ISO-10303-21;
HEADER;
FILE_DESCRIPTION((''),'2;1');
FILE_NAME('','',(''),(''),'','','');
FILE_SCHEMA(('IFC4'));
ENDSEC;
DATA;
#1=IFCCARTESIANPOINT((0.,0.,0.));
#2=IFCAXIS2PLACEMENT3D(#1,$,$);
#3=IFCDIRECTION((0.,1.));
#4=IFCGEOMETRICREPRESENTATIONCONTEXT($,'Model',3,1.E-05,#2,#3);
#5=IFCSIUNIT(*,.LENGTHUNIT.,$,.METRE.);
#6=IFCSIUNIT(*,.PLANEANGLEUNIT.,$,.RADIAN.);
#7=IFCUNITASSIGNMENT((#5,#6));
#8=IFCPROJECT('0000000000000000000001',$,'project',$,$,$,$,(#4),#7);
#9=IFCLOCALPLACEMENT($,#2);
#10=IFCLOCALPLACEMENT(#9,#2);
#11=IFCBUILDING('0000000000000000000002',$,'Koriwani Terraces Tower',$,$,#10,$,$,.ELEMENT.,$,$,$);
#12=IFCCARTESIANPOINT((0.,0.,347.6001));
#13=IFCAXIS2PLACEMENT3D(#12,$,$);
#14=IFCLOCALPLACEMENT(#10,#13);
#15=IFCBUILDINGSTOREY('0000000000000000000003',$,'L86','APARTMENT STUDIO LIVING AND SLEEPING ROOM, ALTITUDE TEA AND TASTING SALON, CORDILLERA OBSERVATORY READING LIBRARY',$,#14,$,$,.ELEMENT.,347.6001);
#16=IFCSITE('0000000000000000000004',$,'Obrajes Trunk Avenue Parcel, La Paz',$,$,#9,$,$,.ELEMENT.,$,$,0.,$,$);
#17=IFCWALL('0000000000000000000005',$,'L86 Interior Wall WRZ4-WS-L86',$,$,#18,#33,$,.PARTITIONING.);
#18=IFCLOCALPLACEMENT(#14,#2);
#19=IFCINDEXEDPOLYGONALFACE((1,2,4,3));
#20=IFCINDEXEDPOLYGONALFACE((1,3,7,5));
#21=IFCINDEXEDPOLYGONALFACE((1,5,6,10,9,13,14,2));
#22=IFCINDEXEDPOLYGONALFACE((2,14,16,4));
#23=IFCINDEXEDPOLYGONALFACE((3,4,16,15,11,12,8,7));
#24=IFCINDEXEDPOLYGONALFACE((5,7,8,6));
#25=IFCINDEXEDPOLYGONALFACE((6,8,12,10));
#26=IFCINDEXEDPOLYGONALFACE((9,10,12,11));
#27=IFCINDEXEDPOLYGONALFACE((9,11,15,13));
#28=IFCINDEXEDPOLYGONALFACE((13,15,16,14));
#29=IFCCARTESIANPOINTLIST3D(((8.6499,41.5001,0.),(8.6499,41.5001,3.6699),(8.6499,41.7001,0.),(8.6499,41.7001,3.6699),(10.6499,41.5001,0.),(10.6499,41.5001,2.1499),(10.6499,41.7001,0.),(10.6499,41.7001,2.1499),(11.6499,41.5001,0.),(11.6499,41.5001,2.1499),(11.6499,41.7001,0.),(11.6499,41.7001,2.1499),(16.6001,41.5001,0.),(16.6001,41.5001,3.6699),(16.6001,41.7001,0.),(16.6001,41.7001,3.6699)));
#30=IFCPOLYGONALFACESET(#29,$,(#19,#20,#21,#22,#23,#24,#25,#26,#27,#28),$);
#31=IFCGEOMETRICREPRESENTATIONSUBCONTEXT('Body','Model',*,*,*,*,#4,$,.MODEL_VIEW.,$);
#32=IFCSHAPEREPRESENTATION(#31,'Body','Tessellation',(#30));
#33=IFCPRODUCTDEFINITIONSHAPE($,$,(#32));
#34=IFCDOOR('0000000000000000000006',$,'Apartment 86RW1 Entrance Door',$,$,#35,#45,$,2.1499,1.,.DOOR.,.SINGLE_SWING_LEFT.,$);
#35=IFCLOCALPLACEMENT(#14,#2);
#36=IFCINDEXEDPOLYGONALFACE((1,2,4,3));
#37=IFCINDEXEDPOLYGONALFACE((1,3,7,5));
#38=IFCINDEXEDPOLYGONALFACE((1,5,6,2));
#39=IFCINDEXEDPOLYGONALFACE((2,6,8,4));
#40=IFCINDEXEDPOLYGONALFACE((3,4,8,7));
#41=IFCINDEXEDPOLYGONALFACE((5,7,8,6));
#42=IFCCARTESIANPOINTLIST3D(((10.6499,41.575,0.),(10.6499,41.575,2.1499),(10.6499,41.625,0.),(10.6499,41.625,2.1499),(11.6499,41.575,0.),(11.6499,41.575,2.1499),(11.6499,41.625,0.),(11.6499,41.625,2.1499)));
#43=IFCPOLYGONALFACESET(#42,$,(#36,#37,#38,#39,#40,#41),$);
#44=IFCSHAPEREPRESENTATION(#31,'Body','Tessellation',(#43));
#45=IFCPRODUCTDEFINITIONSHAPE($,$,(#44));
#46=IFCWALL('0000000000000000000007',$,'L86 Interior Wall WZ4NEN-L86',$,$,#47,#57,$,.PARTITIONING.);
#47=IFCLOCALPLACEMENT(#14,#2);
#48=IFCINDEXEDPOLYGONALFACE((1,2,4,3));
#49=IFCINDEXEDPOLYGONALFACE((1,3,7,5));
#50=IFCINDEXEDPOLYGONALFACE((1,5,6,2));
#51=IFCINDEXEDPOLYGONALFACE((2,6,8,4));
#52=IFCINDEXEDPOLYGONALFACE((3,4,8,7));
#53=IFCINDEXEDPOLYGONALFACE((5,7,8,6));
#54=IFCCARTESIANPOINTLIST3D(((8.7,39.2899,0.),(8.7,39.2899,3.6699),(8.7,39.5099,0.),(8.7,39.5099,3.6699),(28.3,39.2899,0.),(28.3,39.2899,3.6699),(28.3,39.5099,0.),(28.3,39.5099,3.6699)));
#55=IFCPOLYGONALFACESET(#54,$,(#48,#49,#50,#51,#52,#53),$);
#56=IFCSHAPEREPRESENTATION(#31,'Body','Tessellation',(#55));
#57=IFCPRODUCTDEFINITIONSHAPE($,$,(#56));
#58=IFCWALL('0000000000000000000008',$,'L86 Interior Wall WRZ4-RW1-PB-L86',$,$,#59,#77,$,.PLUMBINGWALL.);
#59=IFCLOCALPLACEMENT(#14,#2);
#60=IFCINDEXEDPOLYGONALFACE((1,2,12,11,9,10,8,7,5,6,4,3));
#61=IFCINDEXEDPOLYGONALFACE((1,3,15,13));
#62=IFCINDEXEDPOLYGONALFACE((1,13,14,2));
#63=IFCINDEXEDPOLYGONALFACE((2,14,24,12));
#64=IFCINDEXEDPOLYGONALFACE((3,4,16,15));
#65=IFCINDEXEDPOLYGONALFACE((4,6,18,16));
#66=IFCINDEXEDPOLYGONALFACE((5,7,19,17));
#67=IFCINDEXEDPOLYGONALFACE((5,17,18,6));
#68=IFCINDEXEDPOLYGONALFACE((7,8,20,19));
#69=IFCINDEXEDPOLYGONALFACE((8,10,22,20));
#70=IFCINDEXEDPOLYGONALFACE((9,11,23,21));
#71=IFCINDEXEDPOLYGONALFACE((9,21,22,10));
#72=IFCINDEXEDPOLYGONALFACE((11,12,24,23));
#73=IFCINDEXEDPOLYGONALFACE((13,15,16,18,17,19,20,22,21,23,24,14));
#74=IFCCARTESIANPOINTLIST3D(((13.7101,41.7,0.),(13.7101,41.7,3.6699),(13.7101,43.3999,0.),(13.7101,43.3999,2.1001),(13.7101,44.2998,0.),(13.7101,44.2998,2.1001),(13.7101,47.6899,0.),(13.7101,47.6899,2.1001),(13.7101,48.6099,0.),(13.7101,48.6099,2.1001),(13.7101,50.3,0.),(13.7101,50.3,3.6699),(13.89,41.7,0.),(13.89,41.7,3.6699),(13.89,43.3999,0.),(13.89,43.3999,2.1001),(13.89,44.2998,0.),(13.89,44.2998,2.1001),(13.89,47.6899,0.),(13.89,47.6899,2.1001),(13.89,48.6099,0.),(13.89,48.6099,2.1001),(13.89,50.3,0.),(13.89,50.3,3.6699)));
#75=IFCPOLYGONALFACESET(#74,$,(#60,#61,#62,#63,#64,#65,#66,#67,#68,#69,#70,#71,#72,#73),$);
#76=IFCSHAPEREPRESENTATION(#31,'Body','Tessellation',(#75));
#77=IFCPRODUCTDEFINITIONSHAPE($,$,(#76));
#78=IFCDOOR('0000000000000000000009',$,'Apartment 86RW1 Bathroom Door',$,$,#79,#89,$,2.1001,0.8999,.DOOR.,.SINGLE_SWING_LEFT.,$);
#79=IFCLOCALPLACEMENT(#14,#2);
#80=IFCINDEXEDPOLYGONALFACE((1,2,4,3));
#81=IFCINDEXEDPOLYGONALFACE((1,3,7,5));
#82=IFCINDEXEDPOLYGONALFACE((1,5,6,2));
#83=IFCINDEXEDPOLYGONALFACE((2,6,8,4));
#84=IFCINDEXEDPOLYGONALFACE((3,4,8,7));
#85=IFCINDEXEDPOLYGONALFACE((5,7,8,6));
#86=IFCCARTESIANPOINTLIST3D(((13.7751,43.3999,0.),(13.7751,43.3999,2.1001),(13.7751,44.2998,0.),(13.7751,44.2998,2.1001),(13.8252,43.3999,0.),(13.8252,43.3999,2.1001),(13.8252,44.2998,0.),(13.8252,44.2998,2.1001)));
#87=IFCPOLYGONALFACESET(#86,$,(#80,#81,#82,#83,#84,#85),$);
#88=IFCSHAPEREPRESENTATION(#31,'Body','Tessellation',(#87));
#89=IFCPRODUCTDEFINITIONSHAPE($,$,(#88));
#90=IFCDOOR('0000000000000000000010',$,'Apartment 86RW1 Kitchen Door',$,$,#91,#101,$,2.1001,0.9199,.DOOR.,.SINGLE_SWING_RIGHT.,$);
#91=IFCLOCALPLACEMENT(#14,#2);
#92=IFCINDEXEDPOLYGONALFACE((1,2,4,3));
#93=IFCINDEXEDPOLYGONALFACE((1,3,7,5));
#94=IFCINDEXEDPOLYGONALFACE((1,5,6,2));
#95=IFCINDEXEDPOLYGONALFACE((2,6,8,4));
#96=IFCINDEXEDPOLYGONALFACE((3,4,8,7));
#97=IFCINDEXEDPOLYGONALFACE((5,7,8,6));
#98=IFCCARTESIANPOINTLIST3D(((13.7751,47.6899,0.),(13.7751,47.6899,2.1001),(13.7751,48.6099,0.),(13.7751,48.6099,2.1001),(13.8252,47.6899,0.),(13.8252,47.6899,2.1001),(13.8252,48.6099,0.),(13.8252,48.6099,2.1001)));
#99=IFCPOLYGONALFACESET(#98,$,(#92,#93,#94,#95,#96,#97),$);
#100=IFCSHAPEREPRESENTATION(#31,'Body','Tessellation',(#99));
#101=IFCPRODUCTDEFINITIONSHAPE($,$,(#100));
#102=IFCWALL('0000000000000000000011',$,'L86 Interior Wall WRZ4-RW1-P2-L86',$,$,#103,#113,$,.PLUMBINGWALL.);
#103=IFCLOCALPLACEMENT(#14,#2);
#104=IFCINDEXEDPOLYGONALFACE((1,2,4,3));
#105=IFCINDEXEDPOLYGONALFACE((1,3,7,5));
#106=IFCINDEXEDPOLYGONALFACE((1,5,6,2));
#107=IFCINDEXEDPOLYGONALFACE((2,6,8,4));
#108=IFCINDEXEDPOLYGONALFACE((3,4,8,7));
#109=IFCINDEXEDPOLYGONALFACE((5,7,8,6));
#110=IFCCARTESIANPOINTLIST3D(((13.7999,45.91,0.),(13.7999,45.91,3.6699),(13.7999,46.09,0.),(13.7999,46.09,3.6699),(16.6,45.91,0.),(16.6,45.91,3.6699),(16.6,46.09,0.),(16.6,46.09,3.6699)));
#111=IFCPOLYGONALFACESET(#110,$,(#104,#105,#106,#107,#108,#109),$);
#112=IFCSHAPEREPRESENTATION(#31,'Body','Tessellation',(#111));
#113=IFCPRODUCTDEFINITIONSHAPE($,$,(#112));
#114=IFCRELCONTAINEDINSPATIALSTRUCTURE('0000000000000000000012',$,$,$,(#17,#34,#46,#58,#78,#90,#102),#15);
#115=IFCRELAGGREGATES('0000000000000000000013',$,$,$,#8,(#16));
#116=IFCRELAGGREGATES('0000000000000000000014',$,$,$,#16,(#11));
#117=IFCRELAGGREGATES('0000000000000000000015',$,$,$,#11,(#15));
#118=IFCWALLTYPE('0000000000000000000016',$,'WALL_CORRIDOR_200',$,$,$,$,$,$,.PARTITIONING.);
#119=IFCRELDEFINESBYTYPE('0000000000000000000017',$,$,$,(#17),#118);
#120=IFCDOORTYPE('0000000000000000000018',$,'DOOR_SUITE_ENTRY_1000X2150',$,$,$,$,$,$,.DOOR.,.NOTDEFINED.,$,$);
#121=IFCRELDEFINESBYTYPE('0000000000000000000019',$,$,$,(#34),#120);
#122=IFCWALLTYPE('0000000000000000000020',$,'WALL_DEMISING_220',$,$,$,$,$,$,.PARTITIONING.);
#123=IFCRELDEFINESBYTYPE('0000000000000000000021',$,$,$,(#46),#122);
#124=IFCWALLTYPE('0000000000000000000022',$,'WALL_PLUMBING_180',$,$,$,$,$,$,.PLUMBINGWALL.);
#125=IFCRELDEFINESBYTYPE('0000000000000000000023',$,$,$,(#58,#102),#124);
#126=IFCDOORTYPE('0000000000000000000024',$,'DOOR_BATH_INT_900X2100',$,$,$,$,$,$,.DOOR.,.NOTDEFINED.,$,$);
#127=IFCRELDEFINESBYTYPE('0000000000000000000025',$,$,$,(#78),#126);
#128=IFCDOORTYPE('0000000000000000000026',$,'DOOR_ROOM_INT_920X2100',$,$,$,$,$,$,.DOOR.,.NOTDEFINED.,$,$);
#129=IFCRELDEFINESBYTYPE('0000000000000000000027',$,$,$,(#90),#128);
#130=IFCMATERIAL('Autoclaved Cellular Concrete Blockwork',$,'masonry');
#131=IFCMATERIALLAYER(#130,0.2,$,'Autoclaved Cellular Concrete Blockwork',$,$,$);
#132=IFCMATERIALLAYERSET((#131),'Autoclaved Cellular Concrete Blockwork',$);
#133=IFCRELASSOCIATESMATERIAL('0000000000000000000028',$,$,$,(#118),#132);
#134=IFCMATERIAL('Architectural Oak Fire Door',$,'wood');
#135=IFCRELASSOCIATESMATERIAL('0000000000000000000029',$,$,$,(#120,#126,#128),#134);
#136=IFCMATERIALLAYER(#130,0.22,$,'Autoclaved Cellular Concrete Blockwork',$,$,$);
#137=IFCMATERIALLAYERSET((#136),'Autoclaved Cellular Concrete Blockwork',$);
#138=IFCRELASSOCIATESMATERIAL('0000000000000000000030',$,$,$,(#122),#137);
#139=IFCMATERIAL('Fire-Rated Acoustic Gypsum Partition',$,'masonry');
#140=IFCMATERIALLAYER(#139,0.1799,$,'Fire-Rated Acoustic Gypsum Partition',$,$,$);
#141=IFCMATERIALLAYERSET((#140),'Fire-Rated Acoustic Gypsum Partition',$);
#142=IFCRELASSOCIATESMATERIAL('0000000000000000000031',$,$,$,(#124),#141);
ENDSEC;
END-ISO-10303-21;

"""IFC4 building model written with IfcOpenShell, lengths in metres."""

from ifc_helpers import new_model, si_unit, direction, frame, frame_2d, origin, place, context, subcontext, project, spatial, rectangle, extrude, material, layer, layer_set, type_object, element, fill, save


model = new_model("IFC4")

# Units and contexts
model_context = context("Model", 3, precision=1e-05, world=origin(), true_north=direction((0.0, 1.0)))
body_context = subcontext(model_context, "Body", "Model", "MODEL_VIEW")
ifc_project = project(units=[si_unit("LENGTHUNIT", "METRE"), si_unit("PLANEANGLEUNIT", "RADIAN")], contexts=[model_context])

# Site, building, storey
site_placement = place(None, origin())
site = spatial("IfcSite", under=ifc_project, at=site_placement, Name="Obrajes Trunk Avenue Parcel, La Paz", CompositionType="ELEMENT", RefElevation=0.0)
building_placement = place(site_placement, origin())
building = spatial("IfcBuilding", under=site, at=building_placement, Name="Koriwani Terraces Tower", CompositionType="ELEMENT")
storey_placement = place(building_placement, frame((0.0, 0.0, 347.6001)))
storey = spatial("IfcBuildingStorey", under=building, at=storey_placement, Name="L86", Description="APARTMENT STUDIO LIVING AND SLEEPING ROOM, ALTITUDE TEA AND TASTING SALON, CORDILLERA OBSERVATORY READING LIBRARY", CompositionType="ELEMENT", Elevation=347.6001)

# Wall, opening, door
ifc_material_1 = material(Name="Autoclaved Cellular Concrete Blockwork", Category="masonry")
ifc_layer_1 = layer(ifc_material_1, 0.2, Name="Autoclaved Cellular Concrete Blockwork")
ifc_layer_set_1 = layer_set([ifc_layer_1], Name="Autoclaved Cellular Concrete Blockwork")
wall_type_1 = type_object("IfcWallType", Name="WALL_CORRIDOR_200", PredefinedType="PARTITIONING", material=ifc_layer_set_1)
wall_1_placement = place(storey_placement, frame((8.6499, 41.6001, 0.0), z_axis=(0.0, 0.0, 1.0), x_axis=(1.0, 0.0, 0.0)))
wall_1 = element("IfcWall", 1, at=wall_1_placement, inside=storey, type_object=wall_type_1, Name="L86 Interior Wall WRZ4-WS-L86", PredefinedType="PARTITIONING", context=body_context, shape_type="SweptSolid", body=[
    extrude(rectangle(XDim=7.9502, YDim=0.2, at=frame_2d((3.9751, 0.0))), origin(), (0.0, 0.0, 1.0), 3.6699),
])
opening_1_placement = place(wall_1_placement, frame((2.0, 0.0, 0.0)))
opening_1 = element("IfcOpeningElement", 2, at=opening_1_placement, cuts=wall_1, PredefinedType="OPENING", context=body_context, shape_type="SweptSolid", body=[
    extrude(rectangle(XDim=1.0, YDim=2.1499, at=frame_2d((0.5, 1.075))), frame((0.0, 0.1099, 0.0), z_axis=(0.0, -1.0, 0.0), x_axis=(1.0, 0.0, 0.0)), (0.0, 0.0, 1.0), 0.22),
])
ifc_material_2 = material(Name="Architectural Oak Fire Door", Category="wood")
door_type_1 = type_object("IfcDoorType", Name="DOOR_SUITE_ENTRY_1000X2150", OperationType="NOTDEFINED", PredefinedType="DOOR", material=ifc_material_2)
door_1_placement = place(opening_1_placement, origin())
door_1 = element("IfcDoor", 3, at=door_1_placement, inside=storey, type_object=door_type_1, Name="Apartment 86RW1 Entrance Door", OperationType="SINGLE_SWING_LEFT", OverallHeight=2.1499, OverallWidth=1.0, PredefinedType="DOOR", context=body_context, shape_type="SweptSolid", body=[
    extrude(rectangle(XDim=1.0, YDim=2.1499, at=frame_2d((0.5, 1.075))), frame((0.0, 0.0249, 0.0), z_axis=(0.0, -1.0, 0.0), x_axis=(1.0, 0.0, 0.0)), (0.0, 0.0, 1.0), 0.05),
])
fill(opening_1, door_1)

# Wall
ifc_layer_2 = layer(ifc_material_1, 0.22, Name="Autoclaved Cellular Concrete Blockwork")
ifc_layer_set_2 = layer_set([ifc_layer_2], Name="Autoclaved Cellular Concrete Blockwork")
wall_type_2 = type_object("IfcWallType", Name="WALL_DEMISING_220", PredefinedType="PARTITIONING", material=ifc_layer_set_2)
wall_2_placement = place(storey_placement, frame((8.7, 39.3999, 0.0), z_axis=(0.0, 0.0, 1.0), x_axis=(1.0, 0.0, 0.0)))
element("IfcWall", 4, at=wall_2_placement, inside=storey, type_object=wall_type_2, Name="L86 Interior Wall WZ4NEN-L86", PredefinedType="PARTITIONING", context=body_context, shape_type="SweptSolid", body=[
    extrude(rectangle(XDim=19.6001, YDim=0.22, at=frame_2d((9.8, 0.0))), origin(), (0.0, 0.0, 1.0), 3.6699),
])

# Wall, openings, doors
ifc_material_3 = material(Name="Fire-Rated Acoustic Gypsum Partition", Category="masonry")
ifc_layer_3 = layer(ifc_material_3, 0.1799, Name="Fire-Rated Acoustic Gypsum Partition")
ifc_layer_set_3 = layer_set([ifc_layer_3], Name="Fire-Rated Acoustic Gypsum Partition")
wall_type_3 = type_object("IfcWallType", Name="WALL_PLUMBING_180", PredefinedType="PLUMBINGWALL", material=ifc_layer_set_3)
wall_3_placement = place(storey_placement, frame((13.8, 41.7, 0.0), z_axis=(0.0, 0.0, 1.0), x_axis=(0.0, 1.0, 0.0)))
wall_3 = element("IfcWall", 5, at=wall_3_placement, inside=storey, type_object=wall_type_3, Name="L86 Interior Wall WRZ4-RW1-PB-L86", PredefinedType="PLUMBINGWALL", context=body_context, shape_type="SweptSolid", body=[
    extrude(rectangle(XDim=8.6001, YDim=0.1799, at=frame_2d((4.3, 0.0))), origin(), (0.0, 0.0, 1.0), 3.6699),
])
opening_2_placement = place(wall_3_placement, frame((1.7, 0.0, 0.0)))
opening_2 = element("IfcOpeningElement", 6, at=opening_2_placement, cuts=wall_3, PredefinedType="OPENING", context=body_context, shape_type="SweptSolid", body=[
    extrude(rectangle(XDim=0.8999, YDim=2.1001, at=frame_2d((0.45, 1.05))), frame((0.0, 0.1001, 0.0), z_axis=(0.0, -1.0, 0.0), x_axis=(1.0, 0.0, 0.0)), (0.0, 0.0, 1.0), 0.2),
])
opening_3_placement = place(wall_3_placement, frame((5.99, 0.0, 0.0)))
opening_3 = element("IfcOpeningElement", 7, at=opening_3_placement, cuts=wall_3, PredefinedType="OPENING", context=body_context, shape_type="SweptSolid", body=[
    extrude(rectangle(XDim=0.9199, YDim=2.1001, at=frame_2d((0.46, 1.05))), frame((0.0, 0.1001, 0.0), z_axis=(0.0, -1.0, 0.0), x_axis=(1.0, 0.0, 0.0)), (0.0, 0.0, 1.0), 0.2),
])
door_type_2 = type_object("IfcDoorType", Name="DOOR_BATH_INT_900X2100", OperationType="NOTDEFINED", PredefinedType="DOOR", material=ifc_material_2)
door_2_placement = place(opening_2_placement, origin())
door_2 = element("IfcDoor", 8, at=door_2_placement, inside=storey, type_object=door_type_2, Name="Apartment 86RW1 Bathroom Door", OperationType="SINGLE_SWING_LEFT", OverallHeight=2.1001, OverallWidth=0.8999, PredefinedType="DOOR", context=body_context, shape_type="SweptSolid", body=[
    extrude(rectangle(XDim=0.8999, YDim=2.1001, at=frame_2d((0.45, 1.05))), frame((0.0, 0.0249, 0.0), z_axis=(0.0, -1.0, 0.0), x_axis=(1.0, 0.0, 0.0)), (0.0, 0.0, 1.0), 0.05),
])
fill(opening_2, door_2)
door_type_3 = type_object("IfcDoorType", Name="DOOR_ROOM_INT_920X2100", OperationType="NOTDEFINED", PredefinedType="DOOR", material=ifc_material_2)
door_3_placement = place(opening_3_placement, origin())
door_3 = element("IfcDoor", 9, at=door_3_placement, inside=storey, type_object=door_type_3, Name="Apartment 86RW1 Kitchen Door", OperationType="SINGLE_SWING_RIGHT", OverallHeight=2.1001, OverallWidth=0.9199, PredefinedType="DOOR", context=body_context, shape_type="SweptSolid", body=[
    extrude(rectangle(XDim=0.9199, YDim=2.1001, at=frame_2d((0.46, 1.05))), frame((0.0, 0.0249, 0.0), z_axis=(0.0, -1.0, 0.0), x_axis=(1.0, 0.0, 0.0)), (0.0, 0.0, 1.0), 0.05),
])
fill(opening_3, door_3)

# Wall
wall_4_placement = place(storey_placement, frame((13.8, 46.0, 0.0), z_axis=(0.0, 0.0, 1.0), x_axis=(1.0, 0.0, 0.0)))
element("IfcWall", 10, at=wall_4_placement, inside=storey, type_object=wall_type_3, Name="L86 Interior Wall WRZ4-RW1-P2-L86", PredefinedType="PLUMBINGWALL", context=body_context, shape_type="SweptSolid", body=[
    extrude(rectangle(XDim=2.8, YDim=0.1799, at=frame_2d((1.3999, 0.0))), origin(), (0.0, 0.0, 1.0), 3.6699),
])

save(model, "model.ifc")
